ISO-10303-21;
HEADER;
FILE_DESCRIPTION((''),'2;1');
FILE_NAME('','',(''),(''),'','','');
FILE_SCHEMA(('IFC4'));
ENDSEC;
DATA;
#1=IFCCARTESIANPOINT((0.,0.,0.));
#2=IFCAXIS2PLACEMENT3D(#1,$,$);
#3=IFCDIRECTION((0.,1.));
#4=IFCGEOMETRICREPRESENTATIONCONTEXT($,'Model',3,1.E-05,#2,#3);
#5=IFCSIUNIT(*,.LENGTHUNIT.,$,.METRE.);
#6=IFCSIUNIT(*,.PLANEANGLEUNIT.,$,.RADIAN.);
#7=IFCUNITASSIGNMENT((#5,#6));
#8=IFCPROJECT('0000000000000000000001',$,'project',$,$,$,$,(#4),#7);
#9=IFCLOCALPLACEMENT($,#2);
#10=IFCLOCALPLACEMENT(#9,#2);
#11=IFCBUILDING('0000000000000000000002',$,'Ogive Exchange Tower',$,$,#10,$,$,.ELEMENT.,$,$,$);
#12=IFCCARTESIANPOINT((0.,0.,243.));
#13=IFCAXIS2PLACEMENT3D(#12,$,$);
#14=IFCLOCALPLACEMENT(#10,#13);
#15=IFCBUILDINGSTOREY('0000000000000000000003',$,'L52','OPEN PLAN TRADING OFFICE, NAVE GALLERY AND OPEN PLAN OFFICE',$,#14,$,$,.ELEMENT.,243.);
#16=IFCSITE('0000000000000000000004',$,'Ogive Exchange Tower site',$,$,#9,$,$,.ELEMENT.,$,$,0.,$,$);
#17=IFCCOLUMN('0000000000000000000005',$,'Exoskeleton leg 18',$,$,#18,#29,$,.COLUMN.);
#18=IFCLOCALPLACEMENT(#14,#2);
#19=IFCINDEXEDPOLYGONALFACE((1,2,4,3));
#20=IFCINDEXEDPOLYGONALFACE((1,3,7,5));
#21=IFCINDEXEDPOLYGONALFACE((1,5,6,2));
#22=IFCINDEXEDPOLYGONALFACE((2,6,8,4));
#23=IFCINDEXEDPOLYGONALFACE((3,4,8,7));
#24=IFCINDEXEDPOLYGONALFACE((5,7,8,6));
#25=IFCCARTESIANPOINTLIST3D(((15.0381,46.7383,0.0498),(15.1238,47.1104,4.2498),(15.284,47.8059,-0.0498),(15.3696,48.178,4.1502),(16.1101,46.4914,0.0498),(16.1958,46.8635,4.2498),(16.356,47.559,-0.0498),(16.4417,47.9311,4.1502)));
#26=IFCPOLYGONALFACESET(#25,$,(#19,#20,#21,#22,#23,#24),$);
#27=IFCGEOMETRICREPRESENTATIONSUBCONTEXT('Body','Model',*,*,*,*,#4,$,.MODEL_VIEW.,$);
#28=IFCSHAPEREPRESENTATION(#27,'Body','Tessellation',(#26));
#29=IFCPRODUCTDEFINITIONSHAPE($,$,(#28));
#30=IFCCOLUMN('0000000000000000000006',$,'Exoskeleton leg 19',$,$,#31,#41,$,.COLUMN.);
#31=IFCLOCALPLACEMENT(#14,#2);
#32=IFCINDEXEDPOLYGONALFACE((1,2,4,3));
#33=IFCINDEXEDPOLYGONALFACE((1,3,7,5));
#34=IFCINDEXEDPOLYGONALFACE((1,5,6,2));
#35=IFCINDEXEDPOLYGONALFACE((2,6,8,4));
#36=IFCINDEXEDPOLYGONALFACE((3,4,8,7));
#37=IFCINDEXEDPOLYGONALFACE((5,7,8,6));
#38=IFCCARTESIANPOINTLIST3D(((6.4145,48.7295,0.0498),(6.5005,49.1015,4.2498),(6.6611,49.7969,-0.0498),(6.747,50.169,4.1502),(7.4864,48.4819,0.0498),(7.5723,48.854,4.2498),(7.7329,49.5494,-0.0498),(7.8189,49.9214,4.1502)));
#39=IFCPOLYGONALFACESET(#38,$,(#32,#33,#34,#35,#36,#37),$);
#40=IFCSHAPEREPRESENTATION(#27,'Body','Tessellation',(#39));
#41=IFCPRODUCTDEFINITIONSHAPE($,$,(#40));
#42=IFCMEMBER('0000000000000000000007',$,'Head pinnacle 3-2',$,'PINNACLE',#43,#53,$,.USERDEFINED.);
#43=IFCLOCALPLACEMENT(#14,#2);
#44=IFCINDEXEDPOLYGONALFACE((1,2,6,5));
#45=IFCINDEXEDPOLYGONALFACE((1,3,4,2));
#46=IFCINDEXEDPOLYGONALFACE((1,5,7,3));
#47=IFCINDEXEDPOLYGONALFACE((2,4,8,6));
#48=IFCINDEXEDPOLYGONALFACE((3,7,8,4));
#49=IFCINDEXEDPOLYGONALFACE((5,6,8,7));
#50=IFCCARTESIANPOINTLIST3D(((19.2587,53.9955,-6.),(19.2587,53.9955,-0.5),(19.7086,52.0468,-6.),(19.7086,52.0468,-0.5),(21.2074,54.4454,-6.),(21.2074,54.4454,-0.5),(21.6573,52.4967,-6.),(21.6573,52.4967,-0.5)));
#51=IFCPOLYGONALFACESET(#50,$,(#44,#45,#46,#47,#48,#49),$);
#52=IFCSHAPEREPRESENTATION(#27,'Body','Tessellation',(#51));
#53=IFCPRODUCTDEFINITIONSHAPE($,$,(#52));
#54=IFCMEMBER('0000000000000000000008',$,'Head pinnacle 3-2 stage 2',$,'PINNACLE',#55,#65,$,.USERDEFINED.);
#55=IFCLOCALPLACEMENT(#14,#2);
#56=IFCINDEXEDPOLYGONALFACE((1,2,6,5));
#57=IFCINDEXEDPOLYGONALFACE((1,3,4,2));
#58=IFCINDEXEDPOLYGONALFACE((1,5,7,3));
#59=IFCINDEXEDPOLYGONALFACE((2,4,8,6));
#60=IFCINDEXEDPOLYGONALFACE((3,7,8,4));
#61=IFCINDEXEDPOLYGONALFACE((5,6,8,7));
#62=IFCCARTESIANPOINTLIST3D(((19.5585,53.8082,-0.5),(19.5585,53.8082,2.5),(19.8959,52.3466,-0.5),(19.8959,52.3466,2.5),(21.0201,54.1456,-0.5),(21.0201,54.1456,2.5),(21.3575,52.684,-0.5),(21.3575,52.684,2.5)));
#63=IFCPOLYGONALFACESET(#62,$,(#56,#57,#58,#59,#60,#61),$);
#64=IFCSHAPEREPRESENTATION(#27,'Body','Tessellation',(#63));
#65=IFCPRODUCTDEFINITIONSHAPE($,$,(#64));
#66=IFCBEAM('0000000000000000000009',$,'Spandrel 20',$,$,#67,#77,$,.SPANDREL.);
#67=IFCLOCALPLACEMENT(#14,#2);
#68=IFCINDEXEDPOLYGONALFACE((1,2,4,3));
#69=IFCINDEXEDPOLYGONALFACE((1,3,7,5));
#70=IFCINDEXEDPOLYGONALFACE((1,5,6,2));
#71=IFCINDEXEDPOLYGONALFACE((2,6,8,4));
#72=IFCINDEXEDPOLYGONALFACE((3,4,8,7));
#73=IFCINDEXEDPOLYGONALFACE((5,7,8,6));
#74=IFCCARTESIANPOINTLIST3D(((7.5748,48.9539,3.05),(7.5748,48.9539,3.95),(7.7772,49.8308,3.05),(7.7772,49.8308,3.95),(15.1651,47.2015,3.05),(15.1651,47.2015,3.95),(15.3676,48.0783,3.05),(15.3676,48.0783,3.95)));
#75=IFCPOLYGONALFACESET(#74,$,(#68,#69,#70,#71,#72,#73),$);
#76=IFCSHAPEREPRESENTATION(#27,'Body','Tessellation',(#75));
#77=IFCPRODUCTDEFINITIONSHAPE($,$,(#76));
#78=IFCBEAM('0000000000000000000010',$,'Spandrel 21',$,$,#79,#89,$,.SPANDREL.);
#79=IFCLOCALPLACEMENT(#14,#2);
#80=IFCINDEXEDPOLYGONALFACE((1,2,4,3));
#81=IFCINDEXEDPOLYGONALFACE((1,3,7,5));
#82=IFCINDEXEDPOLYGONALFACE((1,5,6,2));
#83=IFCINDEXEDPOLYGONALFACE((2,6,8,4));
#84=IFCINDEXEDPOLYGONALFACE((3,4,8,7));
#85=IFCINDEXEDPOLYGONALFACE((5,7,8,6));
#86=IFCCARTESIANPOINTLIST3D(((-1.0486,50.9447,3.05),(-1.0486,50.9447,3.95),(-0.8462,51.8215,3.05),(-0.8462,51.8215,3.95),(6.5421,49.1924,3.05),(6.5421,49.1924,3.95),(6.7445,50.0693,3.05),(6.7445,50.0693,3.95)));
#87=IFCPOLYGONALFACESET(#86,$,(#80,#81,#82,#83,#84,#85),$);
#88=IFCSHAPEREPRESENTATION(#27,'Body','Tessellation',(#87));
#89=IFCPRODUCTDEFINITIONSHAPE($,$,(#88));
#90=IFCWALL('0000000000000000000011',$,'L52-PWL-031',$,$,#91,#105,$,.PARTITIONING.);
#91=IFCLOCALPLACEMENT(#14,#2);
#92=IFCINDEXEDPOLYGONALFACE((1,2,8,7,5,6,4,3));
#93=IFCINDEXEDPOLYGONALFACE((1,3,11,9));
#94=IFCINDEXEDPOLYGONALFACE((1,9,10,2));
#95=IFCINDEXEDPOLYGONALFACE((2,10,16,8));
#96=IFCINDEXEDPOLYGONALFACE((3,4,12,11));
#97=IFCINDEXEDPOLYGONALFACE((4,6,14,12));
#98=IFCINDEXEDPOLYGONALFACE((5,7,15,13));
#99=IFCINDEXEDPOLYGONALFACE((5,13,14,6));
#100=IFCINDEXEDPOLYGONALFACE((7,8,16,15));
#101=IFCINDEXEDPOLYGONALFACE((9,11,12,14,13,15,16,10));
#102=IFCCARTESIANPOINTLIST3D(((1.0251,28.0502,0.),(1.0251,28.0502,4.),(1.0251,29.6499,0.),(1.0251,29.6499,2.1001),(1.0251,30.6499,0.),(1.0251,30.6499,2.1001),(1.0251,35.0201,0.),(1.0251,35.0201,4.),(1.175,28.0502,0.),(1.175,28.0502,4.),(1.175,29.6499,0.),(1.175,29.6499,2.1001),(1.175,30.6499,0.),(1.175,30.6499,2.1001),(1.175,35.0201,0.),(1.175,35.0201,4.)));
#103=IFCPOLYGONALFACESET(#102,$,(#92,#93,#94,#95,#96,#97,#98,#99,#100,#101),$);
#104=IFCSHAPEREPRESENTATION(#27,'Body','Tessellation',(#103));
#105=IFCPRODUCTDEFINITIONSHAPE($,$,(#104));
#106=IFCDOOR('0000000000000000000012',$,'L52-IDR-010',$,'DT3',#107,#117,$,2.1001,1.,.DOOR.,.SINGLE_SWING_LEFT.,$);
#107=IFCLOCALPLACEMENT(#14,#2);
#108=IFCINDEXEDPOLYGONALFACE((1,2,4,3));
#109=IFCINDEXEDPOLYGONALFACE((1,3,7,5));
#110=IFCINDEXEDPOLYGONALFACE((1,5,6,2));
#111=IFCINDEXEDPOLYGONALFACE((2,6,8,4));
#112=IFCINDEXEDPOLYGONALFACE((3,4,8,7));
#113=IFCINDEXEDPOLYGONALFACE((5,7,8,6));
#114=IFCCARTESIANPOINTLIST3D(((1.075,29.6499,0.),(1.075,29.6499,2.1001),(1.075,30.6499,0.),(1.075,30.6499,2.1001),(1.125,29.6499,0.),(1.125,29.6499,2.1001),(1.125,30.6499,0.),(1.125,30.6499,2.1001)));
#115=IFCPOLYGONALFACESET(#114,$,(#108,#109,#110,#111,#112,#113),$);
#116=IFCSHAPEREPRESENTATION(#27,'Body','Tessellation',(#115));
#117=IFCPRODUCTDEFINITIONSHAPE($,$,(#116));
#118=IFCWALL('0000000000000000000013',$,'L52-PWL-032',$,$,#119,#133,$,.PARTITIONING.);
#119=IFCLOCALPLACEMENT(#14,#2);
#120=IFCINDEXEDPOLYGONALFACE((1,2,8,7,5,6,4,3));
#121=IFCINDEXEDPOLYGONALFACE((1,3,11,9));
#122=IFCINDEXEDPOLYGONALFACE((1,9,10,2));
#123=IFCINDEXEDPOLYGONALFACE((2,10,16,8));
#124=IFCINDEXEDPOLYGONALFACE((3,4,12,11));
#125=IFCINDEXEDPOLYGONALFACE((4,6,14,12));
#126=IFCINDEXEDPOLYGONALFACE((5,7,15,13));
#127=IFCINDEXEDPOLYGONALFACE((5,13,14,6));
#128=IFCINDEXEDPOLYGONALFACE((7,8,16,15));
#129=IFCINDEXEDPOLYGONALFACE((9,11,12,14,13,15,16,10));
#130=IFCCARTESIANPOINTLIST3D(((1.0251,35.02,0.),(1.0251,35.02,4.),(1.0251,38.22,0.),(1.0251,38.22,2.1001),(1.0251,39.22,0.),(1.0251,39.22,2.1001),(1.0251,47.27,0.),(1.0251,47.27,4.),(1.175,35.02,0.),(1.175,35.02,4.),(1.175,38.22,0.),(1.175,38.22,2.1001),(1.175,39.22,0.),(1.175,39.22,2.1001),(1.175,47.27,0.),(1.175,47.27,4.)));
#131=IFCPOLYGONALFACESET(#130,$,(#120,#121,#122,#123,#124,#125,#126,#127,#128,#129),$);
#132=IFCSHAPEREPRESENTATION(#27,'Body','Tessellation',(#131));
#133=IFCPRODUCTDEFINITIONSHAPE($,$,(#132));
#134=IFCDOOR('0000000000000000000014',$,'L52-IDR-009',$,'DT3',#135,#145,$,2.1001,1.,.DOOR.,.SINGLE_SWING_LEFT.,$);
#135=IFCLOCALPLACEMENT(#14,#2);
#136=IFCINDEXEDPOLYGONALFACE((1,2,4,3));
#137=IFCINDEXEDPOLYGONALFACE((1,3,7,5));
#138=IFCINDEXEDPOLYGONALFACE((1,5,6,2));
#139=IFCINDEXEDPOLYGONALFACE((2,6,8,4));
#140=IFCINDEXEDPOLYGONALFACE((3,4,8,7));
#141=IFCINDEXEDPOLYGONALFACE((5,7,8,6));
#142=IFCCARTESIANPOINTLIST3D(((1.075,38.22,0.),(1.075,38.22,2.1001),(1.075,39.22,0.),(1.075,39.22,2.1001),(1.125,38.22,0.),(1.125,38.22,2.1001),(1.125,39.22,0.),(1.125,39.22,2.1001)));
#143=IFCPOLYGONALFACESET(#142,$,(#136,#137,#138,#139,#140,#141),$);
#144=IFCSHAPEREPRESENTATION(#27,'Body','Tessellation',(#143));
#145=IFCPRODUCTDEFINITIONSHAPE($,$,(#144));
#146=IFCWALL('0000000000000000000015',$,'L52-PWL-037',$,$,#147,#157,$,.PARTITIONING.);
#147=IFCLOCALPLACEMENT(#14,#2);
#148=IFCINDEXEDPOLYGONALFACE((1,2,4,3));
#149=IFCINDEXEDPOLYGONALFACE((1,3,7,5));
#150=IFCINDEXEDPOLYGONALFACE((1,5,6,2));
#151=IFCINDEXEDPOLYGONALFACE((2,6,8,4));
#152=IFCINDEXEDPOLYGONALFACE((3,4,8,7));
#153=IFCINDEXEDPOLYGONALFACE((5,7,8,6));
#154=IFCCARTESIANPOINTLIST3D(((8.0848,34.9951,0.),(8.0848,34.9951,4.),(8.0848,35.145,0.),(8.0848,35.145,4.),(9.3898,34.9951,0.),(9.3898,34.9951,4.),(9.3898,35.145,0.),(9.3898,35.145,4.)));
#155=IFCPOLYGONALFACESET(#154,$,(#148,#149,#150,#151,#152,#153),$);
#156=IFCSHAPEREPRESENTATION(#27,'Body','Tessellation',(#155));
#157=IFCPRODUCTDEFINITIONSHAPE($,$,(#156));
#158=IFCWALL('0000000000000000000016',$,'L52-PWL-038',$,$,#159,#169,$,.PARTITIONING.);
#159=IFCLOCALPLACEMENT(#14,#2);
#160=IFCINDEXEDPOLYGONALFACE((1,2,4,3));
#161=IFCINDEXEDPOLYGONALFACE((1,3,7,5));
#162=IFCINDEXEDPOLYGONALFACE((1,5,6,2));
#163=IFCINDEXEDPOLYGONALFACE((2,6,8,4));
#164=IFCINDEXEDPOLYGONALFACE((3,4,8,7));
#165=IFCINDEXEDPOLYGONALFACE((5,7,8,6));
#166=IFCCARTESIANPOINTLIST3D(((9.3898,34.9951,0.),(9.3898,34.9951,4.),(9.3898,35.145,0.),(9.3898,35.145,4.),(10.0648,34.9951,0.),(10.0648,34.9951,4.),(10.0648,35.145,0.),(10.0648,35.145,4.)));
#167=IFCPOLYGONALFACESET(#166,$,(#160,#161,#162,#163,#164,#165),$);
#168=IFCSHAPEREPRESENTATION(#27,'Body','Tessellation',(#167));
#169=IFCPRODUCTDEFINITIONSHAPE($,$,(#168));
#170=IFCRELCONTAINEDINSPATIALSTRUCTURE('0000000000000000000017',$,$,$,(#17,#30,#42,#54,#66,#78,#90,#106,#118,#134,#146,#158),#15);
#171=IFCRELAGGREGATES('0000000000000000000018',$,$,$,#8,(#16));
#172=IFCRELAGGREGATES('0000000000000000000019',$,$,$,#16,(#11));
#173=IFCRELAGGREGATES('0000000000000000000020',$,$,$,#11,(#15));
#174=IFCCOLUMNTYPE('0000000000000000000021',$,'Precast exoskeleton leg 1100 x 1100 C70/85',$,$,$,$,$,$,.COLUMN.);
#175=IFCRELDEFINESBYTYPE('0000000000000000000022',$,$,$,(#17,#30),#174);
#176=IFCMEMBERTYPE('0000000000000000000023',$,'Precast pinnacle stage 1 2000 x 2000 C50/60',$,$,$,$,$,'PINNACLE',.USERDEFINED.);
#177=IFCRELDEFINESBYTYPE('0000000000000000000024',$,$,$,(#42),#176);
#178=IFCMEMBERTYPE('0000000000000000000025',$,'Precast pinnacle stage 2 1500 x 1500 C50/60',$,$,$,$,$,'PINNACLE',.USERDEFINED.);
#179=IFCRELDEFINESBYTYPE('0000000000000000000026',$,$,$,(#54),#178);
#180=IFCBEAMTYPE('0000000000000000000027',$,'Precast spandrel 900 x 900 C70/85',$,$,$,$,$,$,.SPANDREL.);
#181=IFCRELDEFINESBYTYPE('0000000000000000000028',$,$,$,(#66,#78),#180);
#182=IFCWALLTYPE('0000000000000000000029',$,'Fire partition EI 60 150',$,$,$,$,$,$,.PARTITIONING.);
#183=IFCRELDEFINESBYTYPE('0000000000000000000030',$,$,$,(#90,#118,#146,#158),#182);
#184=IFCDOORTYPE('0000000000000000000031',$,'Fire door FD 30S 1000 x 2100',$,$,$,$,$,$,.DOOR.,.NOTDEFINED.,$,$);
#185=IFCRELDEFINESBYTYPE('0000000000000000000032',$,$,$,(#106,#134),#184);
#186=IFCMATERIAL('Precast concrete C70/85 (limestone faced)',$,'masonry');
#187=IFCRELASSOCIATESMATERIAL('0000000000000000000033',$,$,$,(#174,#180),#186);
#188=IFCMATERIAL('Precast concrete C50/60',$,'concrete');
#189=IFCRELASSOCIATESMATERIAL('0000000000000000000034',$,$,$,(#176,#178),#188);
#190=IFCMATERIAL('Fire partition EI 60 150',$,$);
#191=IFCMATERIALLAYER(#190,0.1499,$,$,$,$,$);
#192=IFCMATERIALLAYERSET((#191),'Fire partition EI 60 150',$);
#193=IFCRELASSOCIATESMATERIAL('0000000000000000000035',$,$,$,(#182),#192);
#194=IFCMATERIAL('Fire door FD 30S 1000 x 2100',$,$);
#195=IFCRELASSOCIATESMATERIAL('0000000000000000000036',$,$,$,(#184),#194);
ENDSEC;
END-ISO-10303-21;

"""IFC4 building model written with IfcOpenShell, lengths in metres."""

from ifc_helpers import new_model, si_unit, direction, frame, frame_2d, origin, origin_2d, place, context, subcontext, project, spatial, rectangle, extrude, material, layer, layer_set, material_profile, profile_set, type_object, element, fill, save


model = new_model("IFC4")

# Units and contexts
model_context = context("Model", 3, precision=1e-05, world=origin(), true_north=direction((0.0, 1.0)))
body_context = subcontext(model_context, "Body", "Model", "MODEL_VIEW")
ifc_project = project(units=[si_unit("LENGTHUNIT", "METRE"), si_unit("PLANEANGLEUNIT", "RADIAN")], contexts=[model_context])

# Site, building, storey
site_placement = place(None, origin())
site = spatial("IfcSite", under=ifc_project, at=site_placement, Name="Ogive Exchange Tower site", CompositionType="ELEMENT", RefElevation=0.0)
building_placement = place(site_placement, origin())
building = spatial("IfcBuilding", under=site, at=building_placement, Name="Ogive Exchange Tower", CompositionType="ELEMENT")
storey_placement = place(building_placement, frame((0.0, 0.0, 243.0)))
storey = spatial("IfcBuildingStorey", under=building, at=storey_placement, Name="L52", Description="OPEN PLAN TRADING OFFICE, NAVE GALLERY AND OPEN PLAN OFFICE", CompositionType="ELEMENT", Elevation=243.0)

# Columns
ifc_material_1 = material(Name="Precast concrete C70/85 (limestone faced)", Category="masonry")
ifc_material_profile_1 = material_profile(ifc_material_1, rectangle(XDim=1.1001, YDim=1.1001, at=origin_2d()), Name="1100 x 1100")
ifc_profile_set_1 = profile_set([ifc_material_profile_1], Name="Precast concrete C70/85 (limestone faced)")
column_type = type_object("IfcColumnType", Name="Precast exoskeleton leg 1100 x 1100 C70/85", PredefinedType="COLUMN", material=ifc_profile_set_1)
for number, where, z_axis, x_axis, name in (
    (1, (15.697, 47.1487, 0.0), (0.02032, 0.088225, 0.995893), (-0.974488, 0.224439, 0.0), "Exoskeleton leg 18"),
    (2, (7.0737, 49.1394, 0.0), (0.020377, 0.088225, 0.995892), (-0.974348, 0.225046, 0.0), "Exoskeleton leg 19"),
):
    element("IfcColumn", number, at=place(storey_placement, frame(where, z_axis=z_axis, x_axis=x_axis)), inside=storey, type_object=column_type, Name=name, PredefinedType="COLUMN", context=body_context, shape_type="SweptSolid", body=[
        extrude(rectangle(XDim=1.1001, YDim=1.1001, at=origin_2d()), origin(), (0.0, 0.0, 1.0), 4.2173),
    ])

# Members
ifc_material_2 = material(Name="Precast concrete C50/60", Category="concrete")
ifc_material_profile_2 = material_profile(ifc_material_2, rectangle(XDim=2.0, YDim=2.0, at=origin_2d()), Name="PINNACLE 1 2000 x 2000")
ifc_profile_set_2 = profile_set([ifc_material_profile_2], Name="Precast concrete C50/60")
member_type_1 = type_object("IfcMemberType", Name="Precast pinnacle stage 1 2000 x 2000 C50/60", ElementType="PINNACLE", PredefinedType="USERDEFINED", material=ifc_profile_set_2)
member_1_placement = place(storey_placement, frame((20.458, 53.2461, -6.0), z_axis=(0.0, 0.0, 1.0), x_axis=(0.97437, 0.224951, 0.0)))
element("IfcMember", 3, at=member_1_placement, inside=storey, type_object=member_type_1, Name="Head pinnacle 3-2", ObjectType="PINNACLE", PredefinedType="USERDEFINED", context=body_context, shape_type="SweptSolid", body=[
    extrude(rectangle(XDim=2.0, YDim=2.0, at=origin_2d()), origin(), (0.0, 0.0, 1.0), 5.5),
])
ifc_material_profile_3 = material_profile(ifc_material_2, rectangle(XDim=1.5, YDim=1.5, at=origin_2d()), Name="PINNACLE 2 1500 x 1500")
ifc_profile_set_3 = profile_set([ifc_material_profile_3], Name="Precast concrete C50/60")
member_type_2 = type_object("IfcMemberType", Name="Precast pinnacle stage 2 1500 x 1500 C50/60", ElementType="PINNACLE", PredefinedType="USERDEFINED", material=ifc_profile_set_3)
member_2_placement = place(storey_placement, frame((20.458, 53.2461, -0.5), z_axis=(0.0, 0.0, 1.0), x_axis=(0.97437, 0.224951, 0.0)))
element("IfcMember", 4, at=member_2_placement, inside=storey, type_object=member_type_2, Name="Head pinnacle 3-2 stage 2", ObjectType="PINNACLE", PredefinedType="USERDEFINED", context=body_context, shape_type="SweptSolid", body=[
    extrude(rectangle(XDim=1.5, YDim=1.5, at=origin_2d()), origin(), (0.0, 0.0, 1.0), 3.0),
])

# Beams
ifc_material_profile_4 = material_profile(ifc_material_1, rectangle(XDim=0.8999, YDim=0.8999, at=origin_2d()), Name="900 x 900")
ifc_profile_set_4 = profile_set([ifc_material_profile_4], Name="Precast concrete C70/85 (limestone faced)")
beam_type = type_object("IfcBeamType", Name="Precast spandrel 900 x 900 C70/85", PredefinedType="SPANDREL", material=ifc_profile_set_4)
beam_1_placement = place(storey_placement, frame((15.2664, 47.6399, 3.5), z_axis=(-0.974368, 0.22496, 0.0), x_axis=(-0.22496, -0.974368, 0.0)))
element("IfcBeam", 5, at=beam_1_placement, inside=storey, type_object=beam_type, Name="Spandrel 20", PredefinedType="SPANDREL", context=body_context, shape_type="SweptSolid", body=[
    extrude(rectangle(XDim=0.8999, YDim=0.8999, at=origin_2d()), origin(), (0.0, 0.0, 1.0), 7.79),
])
beam_2_placement = place(storey_placement, frame((6.6433, 49.6309, 3.5), z_axis=(-0.974376, 0.224924, 0.0), x_axis=(-0.224924, -0.974376, 0.0)))
element("IfcBeam", 6, at=beam_2_placement, inside=storey, type_object=beam_type, Name="Spandrel 21", PredefinedType="SPANDREL", context=body_context, shape_type="SweptSolid", body=[
    extrude(rectangle(XDim=0.8999, YDim=0.8999, at=origin_2d()), origin(), (0.0, 0.0, 1.0), 7.7903),
])

# Walls, openings, doors
ifc_material_3 = material(Name="Fire partition EI 60 150")
ifc_layer_1 = layer(ifc_material_3, 0.1499)
ifc_layer_set_1 = layer_set([ifc_layer_1], Name="Fire partition EI 60 150")
wall_type_1 = type_object("IfcWallType", Name="Fire partition EI 60 150", PredefinedType="PARTITIONING", material=ifc_layer_set_1)
wall_1_placement = place(storey_placement, frame((1.1001, 35.02, 0.0), z_axis=(0.0, 0.0, 1.0), x_axis=(0.0, -1.0, 0.0)))
wall_1 = element("IfcWall", 7, at=wall_1_placement, inside=storey, type_object=wall_type_1, Name="L52-PWL-031", PredefinedType="PARTITIONING", context=body_context, shape_type="SweptSolid", body=[
    extrude(rectangle(XDim=6.97, YDim=0.1499, at=frame_2d((3.4849, 0.0))), origin(), (0.0, 0.0, 1.0), 4.0),
])
opening_1_placement = place(wall_1_placement, frame((4.3701, 0.0, 0.0)))
opening_1 = element("IfcOpeningElement", 8, at=opening_1_placement, cuts=wall_1, PredefinedType="OPENING", context=body_context, shape_type="SweptSolid", body=[
    extrude(rectangle(XDim=1.0, YDim=2.1001, at=frame_2d((0.5, 1.05))), frame((0.0, 0.085, 0.0), z_axis=(0.0, -1.0, 0.0), x_axis=(1.0, 0.0, 0.0)), (0.0, 0.0, 1.0), 0.1699),
])
ifc_material_4 = material(Name="Fire door FD 30S 1000 x 2100")
door_type_1 = type_object("IfcDoorType", Name="Fire door FD 30S 1000 x 2100", OperationType="NOTDEFINED", PredefinedType="DOOR", material=ifc_material_4)
door_1_placement = place(opening_1_placement, origin())
door_1 = element("IfcDoor", 9, at=door_1_placement, inside=storey, type_object=door_type_1, Name="L52-IDR-010", ObjectType="DT3", OperationType="SINGLE_SWING_LEFT", OverallHeight=2.1001, OverallWidth=1.0, PredefinedType="DOOR", context=body_context, shape_type="SweptSolid", body=[
    extrude(rectangle(XDim=1.0, YDim=2.1001, at=frame_2d((0.5, 1.05))), frame((0.0, 0.0249, 0.0), z_axis=(0.0, -1.0, 0.0), x_axis=(1.0, 0.0, 0.0)), (0.0, 0.0, 1.0), 0.05),
])
fill(opening_1, door_1)
wall_2_placement = place(storey_placement, frame((1.1001, 47.27, 0.0), z_axis=(0.0, 0.0, 1.0), x_axis=(0.0, -1.0, 0.0)))
wall_2 = element("IfcWall", 10, at=wall_2_placement, inside=storey, type_object=wall_type_1, Name="L52-PWL-032", PredefinedType="PARTITIONING", context=body_context, shape_type="SweptSolid", body=[
    extrude(rectangle(XDim=12.25, YDim=0.1499, at=frame_2d((6.125, 0.0))), origin(), (0.0, 0.0, 1.0), 4.0),
])
opening_2_placement = place(wall_2_placement, frame((8.05, 0.0, 0.0)))
opening_2 = element("IfcOpeningElement", 11, at=opening_2_placement, cuts=wall_2, PredefinedType="OPENING", context=body_context, shape_type="SweptSolid", body=[
    extrude(rectangle(XDim=1.0, YDim=2.1001, at=frame_2d((0.5, 1.05))), frame((0.0, 0.085, 0.0), z_axis=(0.0, -1.0, 0.0), x_axis=(1.0, 0.0, 0.0)), (0.0, 0.0, 1.0), 0.1699),
])
door_2_placement = place(opening_2_placement, origin())
door_2 = element("IfcDoor", 12, at=door_2_placement, inside=storey, type_object=door_type_1, Name="L52-IDR-009", ObjectType="DT3", OperationType="SINGLE_SWING_LEFT", OverallHeight=2.1001, OverallWidth=1.0, PredefinedType="DOOR", context=body_context, shape_type="SweptSolid", body=[
    extrude(rectangle(XDim=1.0, YDim=2.1001, at=frame_2d((0.5, 1.05))), frame((0.0, 0.0249, 0.0), z_axis=(0.0, -1.0, 0.0), x_axis=(1.0, 0.0, 0.0)), (0.0, 0.0, 1.0), 0.05),
])
fill(opening_2, door_2)

# Walls
wall_3_placement = place(storey_placement, frame((8.085, 35.0701, 0.0), z_axis=(0.0, 0.0, 1.0), x_axis=(1.0, 0.0, 0.0)))
element("IfcWall", 13, at=wall_3_placement, inside=storey, type_object=wall_type_1, Name="L52-PWL-037", PredefinedType="PARTITIONING", context=body_context, shape_type="SweptSolid", body=[
    extrude(rectangle(XDim=1.3049, YDim=0.1499, at=frame_2d((0.6523, 0.0))), origin(), (0.0, 0.0, 1.0), 4.0),
])
wall_4_placement = place(storey_placement, frame((9.3899, 35.0701, 0.0), z_axis=(0.0, 0.0, 1.0), x_axis=(1.0, 0.0, 0.0)))
element("IfcWall", 14, at=wall_4_placement, inside=storey, type_object=wall_type_1, Name="L52-PWL-038", PredefinedType="PARTITIONING", context=body_context, shape_type="SweptSolid", body=[
    extrude(rectangle(XDim=0.675, YDim=0.1499, at=frame_2d((0.3374, 0.0))), origin(), (0.0, 0.0, 1.0), 4.0),
])

save(model, "model.ifc")
